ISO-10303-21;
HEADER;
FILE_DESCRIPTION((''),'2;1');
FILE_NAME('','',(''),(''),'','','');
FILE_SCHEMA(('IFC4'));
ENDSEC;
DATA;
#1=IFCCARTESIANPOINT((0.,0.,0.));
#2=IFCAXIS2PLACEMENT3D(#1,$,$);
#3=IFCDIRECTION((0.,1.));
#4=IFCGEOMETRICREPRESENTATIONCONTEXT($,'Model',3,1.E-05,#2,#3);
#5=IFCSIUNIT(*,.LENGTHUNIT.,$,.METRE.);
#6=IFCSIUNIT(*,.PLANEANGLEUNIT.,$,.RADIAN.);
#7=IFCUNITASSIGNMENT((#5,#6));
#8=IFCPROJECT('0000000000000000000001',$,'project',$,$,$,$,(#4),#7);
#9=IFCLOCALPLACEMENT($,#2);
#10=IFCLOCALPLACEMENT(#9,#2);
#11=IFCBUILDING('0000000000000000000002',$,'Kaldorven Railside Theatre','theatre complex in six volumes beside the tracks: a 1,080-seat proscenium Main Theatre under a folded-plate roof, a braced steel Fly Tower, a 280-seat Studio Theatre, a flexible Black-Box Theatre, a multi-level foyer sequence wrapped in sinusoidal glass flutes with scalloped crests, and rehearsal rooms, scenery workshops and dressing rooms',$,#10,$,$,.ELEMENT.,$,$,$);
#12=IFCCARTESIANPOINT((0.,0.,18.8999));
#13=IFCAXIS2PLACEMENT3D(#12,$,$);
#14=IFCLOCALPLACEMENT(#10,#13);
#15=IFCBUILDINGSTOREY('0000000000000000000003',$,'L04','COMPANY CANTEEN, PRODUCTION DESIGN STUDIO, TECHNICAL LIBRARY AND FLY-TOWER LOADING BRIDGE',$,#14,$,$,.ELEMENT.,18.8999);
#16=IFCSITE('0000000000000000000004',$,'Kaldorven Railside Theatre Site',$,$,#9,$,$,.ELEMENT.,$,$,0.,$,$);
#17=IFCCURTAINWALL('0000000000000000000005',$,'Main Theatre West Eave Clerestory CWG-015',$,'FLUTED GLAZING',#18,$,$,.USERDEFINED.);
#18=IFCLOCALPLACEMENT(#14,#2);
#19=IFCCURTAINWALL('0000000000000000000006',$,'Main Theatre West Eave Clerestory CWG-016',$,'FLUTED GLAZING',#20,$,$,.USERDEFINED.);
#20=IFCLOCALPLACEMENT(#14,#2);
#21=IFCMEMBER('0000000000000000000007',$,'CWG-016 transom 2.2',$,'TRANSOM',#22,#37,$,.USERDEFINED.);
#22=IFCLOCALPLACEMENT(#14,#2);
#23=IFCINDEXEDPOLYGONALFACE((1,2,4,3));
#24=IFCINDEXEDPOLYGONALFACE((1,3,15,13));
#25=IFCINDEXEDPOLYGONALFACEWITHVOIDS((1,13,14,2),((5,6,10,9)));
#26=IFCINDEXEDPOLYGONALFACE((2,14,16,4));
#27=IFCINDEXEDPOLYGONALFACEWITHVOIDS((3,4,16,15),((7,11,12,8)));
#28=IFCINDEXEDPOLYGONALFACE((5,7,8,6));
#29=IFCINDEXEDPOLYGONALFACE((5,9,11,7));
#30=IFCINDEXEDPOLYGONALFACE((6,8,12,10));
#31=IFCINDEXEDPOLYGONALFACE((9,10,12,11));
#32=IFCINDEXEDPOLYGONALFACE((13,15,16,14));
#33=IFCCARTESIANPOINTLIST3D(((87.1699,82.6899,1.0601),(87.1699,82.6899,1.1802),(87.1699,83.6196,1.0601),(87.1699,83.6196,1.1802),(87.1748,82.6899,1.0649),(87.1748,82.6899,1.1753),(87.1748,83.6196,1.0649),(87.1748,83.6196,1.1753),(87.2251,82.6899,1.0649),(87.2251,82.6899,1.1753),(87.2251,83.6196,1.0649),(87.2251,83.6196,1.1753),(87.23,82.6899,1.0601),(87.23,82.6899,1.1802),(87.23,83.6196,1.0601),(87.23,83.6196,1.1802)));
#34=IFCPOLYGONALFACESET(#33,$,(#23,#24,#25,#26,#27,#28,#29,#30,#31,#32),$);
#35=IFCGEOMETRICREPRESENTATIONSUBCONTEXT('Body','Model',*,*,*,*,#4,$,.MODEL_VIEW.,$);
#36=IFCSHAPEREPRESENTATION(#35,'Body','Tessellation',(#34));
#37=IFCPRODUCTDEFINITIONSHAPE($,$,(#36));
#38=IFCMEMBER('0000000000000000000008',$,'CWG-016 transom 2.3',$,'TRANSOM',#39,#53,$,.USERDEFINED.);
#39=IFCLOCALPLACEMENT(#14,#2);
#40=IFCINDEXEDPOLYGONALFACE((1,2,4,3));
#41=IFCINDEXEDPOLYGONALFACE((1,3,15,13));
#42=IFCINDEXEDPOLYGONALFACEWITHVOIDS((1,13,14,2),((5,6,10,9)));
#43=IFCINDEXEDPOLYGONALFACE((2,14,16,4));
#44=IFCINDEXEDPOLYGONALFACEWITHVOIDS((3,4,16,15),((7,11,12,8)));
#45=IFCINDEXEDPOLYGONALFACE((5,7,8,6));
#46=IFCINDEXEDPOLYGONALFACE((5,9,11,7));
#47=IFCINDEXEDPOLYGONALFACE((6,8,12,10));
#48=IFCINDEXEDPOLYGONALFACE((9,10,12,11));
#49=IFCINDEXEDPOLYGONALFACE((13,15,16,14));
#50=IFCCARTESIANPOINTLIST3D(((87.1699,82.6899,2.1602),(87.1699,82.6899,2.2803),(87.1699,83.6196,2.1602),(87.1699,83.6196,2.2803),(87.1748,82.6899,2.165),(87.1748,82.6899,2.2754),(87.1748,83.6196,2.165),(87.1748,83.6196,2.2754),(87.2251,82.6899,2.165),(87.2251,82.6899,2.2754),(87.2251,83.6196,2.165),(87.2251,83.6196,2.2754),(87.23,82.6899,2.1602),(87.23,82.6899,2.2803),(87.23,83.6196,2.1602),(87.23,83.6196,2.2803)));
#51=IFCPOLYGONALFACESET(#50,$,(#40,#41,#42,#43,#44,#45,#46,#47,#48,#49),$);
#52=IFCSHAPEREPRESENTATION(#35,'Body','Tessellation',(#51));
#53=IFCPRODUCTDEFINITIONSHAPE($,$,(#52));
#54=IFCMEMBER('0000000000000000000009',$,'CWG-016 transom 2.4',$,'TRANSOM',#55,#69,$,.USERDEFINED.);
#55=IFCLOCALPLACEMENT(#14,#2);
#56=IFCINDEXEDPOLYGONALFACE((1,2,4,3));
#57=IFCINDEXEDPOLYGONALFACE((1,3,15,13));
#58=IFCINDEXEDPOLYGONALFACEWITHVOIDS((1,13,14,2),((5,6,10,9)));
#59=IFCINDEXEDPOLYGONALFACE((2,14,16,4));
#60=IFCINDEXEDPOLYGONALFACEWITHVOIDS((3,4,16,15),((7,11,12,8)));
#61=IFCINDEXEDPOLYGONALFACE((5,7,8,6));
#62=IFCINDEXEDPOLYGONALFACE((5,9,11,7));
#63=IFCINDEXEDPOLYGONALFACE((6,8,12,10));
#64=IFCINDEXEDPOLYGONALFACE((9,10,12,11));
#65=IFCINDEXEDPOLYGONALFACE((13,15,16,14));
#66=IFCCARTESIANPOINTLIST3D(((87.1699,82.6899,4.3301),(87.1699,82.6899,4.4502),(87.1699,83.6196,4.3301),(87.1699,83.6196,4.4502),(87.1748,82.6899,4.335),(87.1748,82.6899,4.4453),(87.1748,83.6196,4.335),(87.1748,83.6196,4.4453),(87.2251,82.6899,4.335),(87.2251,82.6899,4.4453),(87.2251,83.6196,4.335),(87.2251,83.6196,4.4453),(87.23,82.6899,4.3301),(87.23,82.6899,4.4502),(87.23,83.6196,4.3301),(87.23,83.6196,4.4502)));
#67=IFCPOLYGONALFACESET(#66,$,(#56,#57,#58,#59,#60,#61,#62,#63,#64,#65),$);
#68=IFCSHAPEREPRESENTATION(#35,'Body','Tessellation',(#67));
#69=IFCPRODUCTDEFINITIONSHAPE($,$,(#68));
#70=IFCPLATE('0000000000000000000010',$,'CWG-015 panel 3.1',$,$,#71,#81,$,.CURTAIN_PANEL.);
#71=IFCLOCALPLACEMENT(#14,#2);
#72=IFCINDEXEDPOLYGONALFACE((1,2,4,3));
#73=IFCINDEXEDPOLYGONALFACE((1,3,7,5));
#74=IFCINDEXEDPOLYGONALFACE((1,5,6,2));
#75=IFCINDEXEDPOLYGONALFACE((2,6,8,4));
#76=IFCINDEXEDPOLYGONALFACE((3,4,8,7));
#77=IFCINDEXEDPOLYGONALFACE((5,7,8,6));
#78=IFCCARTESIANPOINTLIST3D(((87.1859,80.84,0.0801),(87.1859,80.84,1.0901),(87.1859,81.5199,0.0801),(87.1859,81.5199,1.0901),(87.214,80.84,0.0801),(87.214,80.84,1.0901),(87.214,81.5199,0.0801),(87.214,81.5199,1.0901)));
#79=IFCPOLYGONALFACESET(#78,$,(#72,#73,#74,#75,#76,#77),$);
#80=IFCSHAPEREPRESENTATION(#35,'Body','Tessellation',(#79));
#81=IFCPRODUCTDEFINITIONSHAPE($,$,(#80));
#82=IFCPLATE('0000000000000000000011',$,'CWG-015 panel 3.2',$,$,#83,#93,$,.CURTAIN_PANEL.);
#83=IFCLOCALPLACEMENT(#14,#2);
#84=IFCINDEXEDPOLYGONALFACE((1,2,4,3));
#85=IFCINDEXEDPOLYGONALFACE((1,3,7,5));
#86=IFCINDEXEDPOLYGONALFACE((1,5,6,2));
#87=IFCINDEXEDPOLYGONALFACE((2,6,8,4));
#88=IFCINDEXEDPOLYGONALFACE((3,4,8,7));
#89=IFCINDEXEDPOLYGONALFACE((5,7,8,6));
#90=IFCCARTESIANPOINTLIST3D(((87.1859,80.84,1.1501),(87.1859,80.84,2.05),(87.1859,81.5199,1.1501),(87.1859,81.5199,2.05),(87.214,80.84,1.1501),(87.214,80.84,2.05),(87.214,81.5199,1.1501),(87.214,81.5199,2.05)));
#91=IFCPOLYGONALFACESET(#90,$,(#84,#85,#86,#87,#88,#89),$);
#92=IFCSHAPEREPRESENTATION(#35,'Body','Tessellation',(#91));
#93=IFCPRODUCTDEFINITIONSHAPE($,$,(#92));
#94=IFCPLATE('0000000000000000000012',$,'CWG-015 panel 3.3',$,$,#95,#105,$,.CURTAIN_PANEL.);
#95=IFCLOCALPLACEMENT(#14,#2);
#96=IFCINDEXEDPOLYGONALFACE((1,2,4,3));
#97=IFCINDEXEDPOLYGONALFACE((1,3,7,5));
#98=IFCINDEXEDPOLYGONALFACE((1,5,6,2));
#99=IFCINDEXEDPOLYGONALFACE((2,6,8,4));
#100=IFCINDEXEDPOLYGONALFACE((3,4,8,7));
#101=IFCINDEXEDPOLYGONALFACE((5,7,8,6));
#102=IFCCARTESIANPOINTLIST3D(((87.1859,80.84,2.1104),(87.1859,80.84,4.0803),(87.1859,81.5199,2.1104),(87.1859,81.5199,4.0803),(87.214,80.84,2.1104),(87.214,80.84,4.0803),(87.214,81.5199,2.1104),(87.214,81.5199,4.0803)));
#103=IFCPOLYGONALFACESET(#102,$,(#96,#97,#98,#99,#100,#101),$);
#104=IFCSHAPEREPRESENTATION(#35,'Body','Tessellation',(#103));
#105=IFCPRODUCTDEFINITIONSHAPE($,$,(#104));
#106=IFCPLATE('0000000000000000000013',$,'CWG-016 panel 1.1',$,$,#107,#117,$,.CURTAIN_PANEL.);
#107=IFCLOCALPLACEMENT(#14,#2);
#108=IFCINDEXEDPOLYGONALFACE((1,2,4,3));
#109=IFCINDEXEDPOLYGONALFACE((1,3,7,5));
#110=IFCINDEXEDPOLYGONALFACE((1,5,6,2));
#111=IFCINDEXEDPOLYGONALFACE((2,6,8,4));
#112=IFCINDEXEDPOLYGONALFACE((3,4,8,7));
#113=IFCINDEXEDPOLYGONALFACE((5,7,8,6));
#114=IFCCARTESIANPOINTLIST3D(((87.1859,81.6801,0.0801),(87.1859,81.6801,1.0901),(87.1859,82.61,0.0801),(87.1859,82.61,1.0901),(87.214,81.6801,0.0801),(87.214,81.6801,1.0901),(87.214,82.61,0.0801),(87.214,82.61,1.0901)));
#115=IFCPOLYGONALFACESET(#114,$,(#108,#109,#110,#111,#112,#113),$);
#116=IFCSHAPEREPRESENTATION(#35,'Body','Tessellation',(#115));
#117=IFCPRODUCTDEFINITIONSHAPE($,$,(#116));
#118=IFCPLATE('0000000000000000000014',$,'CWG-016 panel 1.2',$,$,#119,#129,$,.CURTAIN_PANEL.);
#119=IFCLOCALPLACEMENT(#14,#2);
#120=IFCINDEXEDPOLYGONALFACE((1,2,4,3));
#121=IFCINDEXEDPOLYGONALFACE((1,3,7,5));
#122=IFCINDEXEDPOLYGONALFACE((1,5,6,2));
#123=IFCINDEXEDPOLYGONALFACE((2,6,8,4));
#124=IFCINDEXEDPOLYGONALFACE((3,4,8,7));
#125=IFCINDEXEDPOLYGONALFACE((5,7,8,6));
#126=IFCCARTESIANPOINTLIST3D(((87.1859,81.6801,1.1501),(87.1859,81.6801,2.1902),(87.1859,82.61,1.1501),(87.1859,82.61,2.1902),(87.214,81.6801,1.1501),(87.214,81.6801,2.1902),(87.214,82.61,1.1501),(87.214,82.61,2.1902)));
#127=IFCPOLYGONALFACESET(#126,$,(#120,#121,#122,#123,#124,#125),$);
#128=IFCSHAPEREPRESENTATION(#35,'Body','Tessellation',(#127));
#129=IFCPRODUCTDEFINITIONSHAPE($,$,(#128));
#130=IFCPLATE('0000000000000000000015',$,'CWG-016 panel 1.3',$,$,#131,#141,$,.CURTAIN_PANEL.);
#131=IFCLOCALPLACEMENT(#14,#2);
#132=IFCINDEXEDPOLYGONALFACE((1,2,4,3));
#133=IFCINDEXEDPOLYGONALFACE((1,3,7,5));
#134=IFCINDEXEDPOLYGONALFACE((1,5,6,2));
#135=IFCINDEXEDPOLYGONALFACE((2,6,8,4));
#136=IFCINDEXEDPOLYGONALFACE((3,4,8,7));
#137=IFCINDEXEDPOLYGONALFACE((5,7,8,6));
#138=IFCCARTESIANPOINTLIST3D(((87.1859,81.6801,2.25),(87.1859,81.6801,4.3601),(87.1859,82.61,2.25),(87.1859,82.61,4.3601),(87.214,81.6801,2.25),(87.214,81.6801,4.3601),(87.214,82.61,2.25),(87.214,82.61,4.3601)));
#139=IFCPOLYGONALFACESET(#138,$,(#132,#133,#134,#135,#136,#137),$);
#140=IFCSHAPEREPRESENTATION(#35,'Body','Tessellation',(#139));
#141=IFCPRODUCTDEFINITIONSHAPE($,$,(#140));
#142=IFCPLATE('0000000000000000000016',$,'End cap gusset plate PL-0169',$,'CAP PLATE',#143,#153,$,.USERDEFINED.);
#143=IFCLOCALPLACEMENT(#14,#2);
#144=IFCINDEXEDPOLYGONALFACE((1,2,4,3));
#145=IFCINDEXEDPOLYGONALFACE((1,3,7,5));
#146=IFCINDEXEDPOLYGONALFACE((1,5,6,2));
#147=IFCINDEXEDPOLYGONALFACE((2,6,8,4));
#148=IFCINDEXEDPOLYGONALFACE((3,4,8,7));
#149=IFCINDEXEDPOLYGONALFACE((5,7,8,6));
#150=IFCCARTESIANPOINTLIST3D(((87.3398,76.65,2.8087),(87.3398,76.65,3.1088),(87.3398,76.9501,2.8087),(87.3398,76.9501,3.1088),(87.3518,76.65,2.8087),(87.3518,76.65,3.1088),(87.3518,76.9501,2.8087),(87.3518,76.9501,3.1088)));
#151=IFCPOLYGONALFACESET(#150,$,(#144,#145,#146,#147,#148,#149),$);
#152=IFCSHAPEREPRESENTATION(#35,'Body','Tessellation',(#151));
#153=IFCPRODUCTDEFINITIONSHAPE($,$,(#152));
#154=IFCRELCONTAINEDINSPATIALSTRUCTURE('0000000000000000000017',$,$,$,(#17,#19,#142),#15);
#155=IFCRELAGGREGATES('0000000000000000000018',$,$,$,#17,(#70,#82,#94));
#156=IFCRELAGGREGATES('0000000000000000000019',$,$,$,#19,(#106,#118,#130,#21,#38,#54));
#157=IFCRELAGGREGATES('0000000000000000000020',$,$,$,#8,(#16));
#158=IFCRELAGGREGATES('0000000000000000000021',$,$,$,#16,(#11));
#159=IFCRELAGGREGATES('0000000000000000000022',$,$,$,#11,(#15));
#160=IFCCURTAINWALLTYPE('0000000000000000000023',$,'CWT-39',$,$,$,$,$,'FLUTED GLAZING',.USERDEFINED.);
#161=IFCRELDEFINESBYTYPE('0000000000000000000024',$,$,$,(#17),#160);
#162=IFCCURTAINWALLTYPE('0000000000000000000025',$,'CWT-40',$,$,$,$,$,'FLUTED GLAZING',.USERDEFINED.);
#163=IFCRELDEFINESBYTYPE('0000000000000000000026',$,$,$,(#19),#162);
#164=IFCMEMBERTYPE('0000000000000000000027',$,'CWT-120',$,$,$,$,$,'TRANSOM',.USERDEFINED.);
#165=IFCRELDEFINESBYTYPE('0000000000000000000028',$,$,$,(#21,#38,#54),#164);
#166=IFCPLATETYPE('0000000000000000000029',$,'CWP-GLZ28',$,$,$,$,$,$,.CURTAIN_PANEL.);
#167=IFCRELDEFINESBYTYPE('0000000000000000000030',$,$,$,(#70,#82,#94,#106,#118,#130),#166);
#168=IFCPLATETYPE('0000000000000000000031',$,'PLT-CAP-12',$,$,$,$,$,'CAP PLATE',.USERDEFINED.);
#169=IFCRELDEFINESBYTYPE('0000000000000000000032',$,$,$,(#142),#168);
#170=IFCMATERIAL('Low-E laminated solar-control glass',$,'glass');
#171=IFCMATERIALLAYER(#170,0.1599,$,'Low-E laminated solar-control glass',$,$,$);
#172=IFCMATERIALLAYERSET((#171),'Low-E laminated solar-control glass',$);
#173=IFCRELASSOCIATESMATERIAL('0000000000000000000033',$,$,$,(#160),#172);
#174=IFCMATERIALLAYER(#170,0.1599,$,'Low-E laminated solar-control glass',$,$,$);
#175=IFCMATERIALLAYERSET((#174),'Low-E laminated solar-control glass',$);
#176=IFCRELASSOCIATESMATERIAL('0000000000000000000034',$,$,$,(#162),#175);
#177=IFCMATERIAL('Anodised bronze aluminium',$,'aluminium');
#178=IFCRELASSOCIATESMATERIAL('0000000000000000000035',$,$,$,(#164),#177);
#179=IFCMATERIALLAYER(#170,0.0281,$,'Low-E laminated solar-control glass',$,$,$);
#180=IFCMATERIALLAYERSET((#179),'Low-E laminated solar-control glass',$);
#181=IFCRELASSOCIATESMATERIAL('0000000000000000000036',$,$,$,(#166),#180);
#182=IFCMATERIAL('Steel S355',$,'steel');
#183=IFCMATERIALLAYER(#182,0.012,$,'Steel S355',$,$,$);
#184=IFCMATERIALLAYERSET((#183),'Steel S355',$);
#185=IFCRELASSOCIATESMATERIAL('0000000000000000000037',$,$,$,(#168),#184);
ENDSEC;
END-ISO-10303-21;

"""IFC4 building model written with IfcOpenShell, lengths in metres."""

from ifc_helpers import new_model, si_unit, direction, frame, origin, origin_2d, place, context, subcontext, project, spatial, rectangle, hollow_rectangle, extrude, material, layer, layer_set, material_profile, profile_set, type_object, element, aggregate, save


model = new_model("IFC4")

# Units and contexts
model_context = context("Model", 3, precision=1e-05, world=origin(), true_north=direction((0.0, 1.0)))
body_context = subcontext(model_context, "Body", "Model", "MODEL_VIEW")
ifc_project = project(units=[si_unit("LENGTHUNIT", "METRE"), si_unit("PLANEANGLEUNIT", "RADIAN")], contexts=[model_context])

# Site, building, storey
site_placement = place(None, origin())
site = spatial("IfcSite", under=ifc_project, at=site_placement, Name="Kaldorven Railside Theatre Site", CompositionType="ELEMENT", RefElevation=0.0)
building_placement = place(site_placement, origin())
building = spatial("IfcBuilding", under=site, at=building_placement, Name="Kaldorven Railside Theatre", Description="theatre complex in six volumes beside the tracks: a 1,080-seat proscenium Main Theatre under a folded-plate roof, a braced steel Fly Tower, a 280-seat Studio Theatre, a flexible Black-Box Theatre, a multi-level foyer sequence wrapped in sinusoidal glass flutes with scalloped crests, and rehearsal rooms, scenery workshops and dressing rooms", CompositionType="ELEMENT")
storey_placement = place(building_placement, frame((0.0, 0.0, 18.8999)))
storey = spatial("IfcBuildingStorey", under=building, at=storey_placement, Name="L04", Description="COMPANY CANTEEN, PRODUCTION DESIGN STUDIO, TECHNICAL LIBRARY AND FLY-TOWER LOADING BRIDGE", CompositionType="ELEMENT", Elevation=18.8999)

# Shared definitions
ifc_material_1 = material(Name="Steel S355", Category="steel")

# Curtain wall
ifc_material_2 = material(Name="Low-E laminated solar-control glass", Category="glass")
ifc_layer_1 = layer(ifc_material_2, 0.1599, Name="Low-E laminated solar-control glass")
ifc_layer_set_1 = layer_set([ifc_layer_1], Name="Low-E laminated solar-control glass")
curtain_wall_type_1 = type_object("IfcCurtainWallType", Name="CWT-39", ElementType="FLUTED GLAZING", PredefinedType="USERDEFINED", material=ifc_layer_set_1)
curtain_wall_1_placement = place(storey_placement, origin())
curtain_wall_1 = element("IfcCurtainWall", 1, at=curtain_wall_1_placement, inside=storey, type_object=curtain_wall_type_1, Name="Main Theatre West Eave Clerestory CWG-015", ObjectType="FLUTED GLAZING", PredefinedType="USERDEFINED")
ifc_material_3 = material(Name="Anodised bronze aluminium", Category="aluminium")

# Curtain wall
ifc_layer_2 = layer(ifc_material_2, 0.1599, Name="Low-E laminated solar-control glass")
ifc_layer_set_2 = layer_set([ifc_layer_2], Name="Low-E laminated solar-control glass")
curtain_wall_type_2 = type_object("IfcCurtainWallType", Name="CWT-40", ElementType="FLUTED GLAZING", PredefinedType="USERDEFINED", material=ifc_layer_set_2)
curtain_wall_2_placement = place(storey_placement, origin())
curtain_wall_2 = element("IfcCurtainWall", 2, at=curtain_wall_2_placement, inside=storey, type_object=curtain_wall_type_2, Name="Main Theatre West Eave Clerestory CWG-016", ObjectType="FLUTED GLAZING", PredefinedType="USERDEFINED")

# Members
ifc_material_profile_1 = material_profile(ifc_material_3, hollow_rectangle(XDim=0.0601, YDim=0.1201, WallThickness=0.0049, at=origin_2d()), Name="RHS 120x60x5")
ifc_profile_set_1 = profile_set([ifc_material_profile_1], Name="Anodised bronze aluminium")
member_type_1 = type_object("IfcMemberType", Name="CWT-120", ElementType="TRANSOM", PredefinedType="USERDEFINED", material=ifc_profile_set_1)
member_1_placement = place(storey_placement, frame((87.2, 82.6899, 1.1201), z_axis=(0.0, 1.0, 0.0), x_axis=(-1.0, 0.0, 0.0)))
member_1 = element("IfcMember", 3, at=member_1_placement, type_object=member_type_1, Name="CWG-016 transom 2.2", ObjectType="TRANSOM", PredefinedType="USERDEFINED", context=body_context, shape_type="SweptSolid", body=[
    extrude(hollow_rectangle(XDim=0.0601, YDim=0.1201, WallThickness=0.0049, at=origin_2d()), origin(), (0.0, 0.0, 1.0), 0.9297),
])
member_2_placement = place(storey_placement, frame((87.2, 82.6899, 2.2202), z_axis=(0.0, 1.0, 0.0), x_axis=(-1.0, 0.0, 0.0)))
member_2 = element("IfcMember", 4, at=member_2_placement, type_object=member_type_1, Name="CWG-016 transom 2.3", ObjectType="TRANSOM", PredefinedType="USERDEFINED", context=body_context, shape_type="SweptSolid", body=[
    extrude(hollow_rectangle(XDim=0.0601, YDim=0.1201, WallThickness=0.0049, at=origin_2d()), origin(), (0.0, 0.0, 1.0), 0.9297),
])
member_3_placement = place(storey_placement, frame((87.2, 82.6899, 4.3901), z_axis=(0.0, 1.0, 0.0), x_axis=(-1.0, 0.0, 0.0)))
member_3 = element("IfcMember", 5, at=member_3_placement, type_object=member_type_1, Name="CWG-016 transom 2.4", ObjectType="TRANSOM", PredefinedType="USERDEFINED", context=body_context, shape_type="SweptSolid", body=[
    extrude(hollow_rectangle(XDim=0.0601, YDim=0.1201, WallThickness=0.0049, at=origin_2d()), origin(), (0.0, 0.0, 1.0), 0.9297),
])

# Plates
ifc_layer_3 = layer(ifc_material_2, 0.0281, Name="Low-E laminated solar-control glass")
ifc_layer_set_3 = layer_set([ifc_layer_3], Name="Low-E laminated solar-control glass")
plate_type_1 = type_object("IfcPlateType", Name="CWP-GLZ28", PredefinedType="CURTAIN_PANEL", material=ifc_layer_set_3)
plate_1_placement = place(storey_placement, frame((87.2, 81.1799, 0.0801), z_axis=(0.0, 0.0, 1.0), x_axis=(0.0, 1.0, 0.0)))
plate_1 = element("IfcPlate", 6, at=plate_1_placement, type_object=plate_type_1, Name="CWG-015 panel 3.1", PredefinedType="CURTAIN_PANEL", context=body_context, shape_type="SweptSolid", body=[
    extrude(rectangle(XDim=0.6799, YDim=0.0281, at=origin_2d()), origin(), (0.0, 0.0, 1.0), 1.01),
])
plate_2_placement = place(storey_placement, frame((87.2, 81.1799, 1.1501), z_axis=(0.0, 0.0, 1.0), x_axis=(0.0, 1.0, 0.0)))
plate_2 = element("IfcPlate", 7, at=plate_2_placement, type_object=plate_type_1, Name="CWG-015 panel 3.2", PredefinedType="CURTAIN_PANEL", context=body_context, shape_type="SweptSolid", body=[
    extrude(rectangle(XDim=0.6799, YDim=0.0281, at=origin_2d()), origin(), (0.0, 0.0, 1.0), 0.8999),
])
plate_3_placement = place(storey_placement, frame((87.2, 81.1799, 2.1104), z_axis=(0.0, 0.0, 1.0), x_axis=(0.0, 1.0, 0.0)))
plate_3 = element("IfcPlate", 8, at=plate_3_placement, type_object=plate_type_1, Name="CWG-015 panel 3.3", PredefinedType="CURTAIN_PANEL", context=body_context, shape_type="SweptSolid", body=[
    extrude(rectangle(XDim=0.6799, YDim=0.0281, at=origin_2d()), origin(), (0.0, 0.0, 1.0), 1.97),
])
aggregate(curtain_wall_1, [plate_1, plate_2, plate_3])
plate_4_placement = place(storey_placement, frame((87.2, 82.145, 0.0801), z_axis=(0.0, 0.0, 1.0), x_axis=(0.0, 1.0, 0.0)))
plate_4 = element("IfcPlate", 9, at=plate_4_placement, type_object=plate_type_1, Name="CWG-016 panel 1.1", PredefinedType="CURTAIN_PANEL", context=body_context, shape_type="SweptSolid", body=[
    extrude(rectangle(XDim=0.9299, YDim=0.0281, at=origin_2d()), origin(), (0.0, 0.0, 1.0), 1.01),
])
plate_5_placement = place(storey_placement, frame((87.2, 82.145, 1.1501), z_axis=(0.0, 0.0, 1.0), x_axis=(0.0, 1.0, 0.0)))
plate_5 = element("IfcPlate", 10, at=plate_5_placement, type_object=plate_type_1, Name="CWG-016 panel 1.2", PredefinedType="CURTAIN_PANEL", context=body_context, shape_type="SweptSolid", body=[
    extrude(rectangle(XDim=0.9299, YDim=0.0281, at=origin_2d()), origin(), (0.0, 0.0, 1.0), 1.04),
])
plate_6_placement = place(storey_placement, frame((87.2, 82.145, 2.25), z_axis=(0.0, 0.0, 1.0), x_axis=(0.0, 1.0, 0.0)))
plate_6 = element("IfcPlate", 11, at=plate_6_placement, type_object=plate_type_1, Name="CWG-016 panel 1.3", PredefinedType="CURTAIN_PANEL", context=body_context, shape_type="SweptSolid", body=[
    extrude(rectangle(XDim=0.9299, YDim=0.0281, at=origin_2d()), origin(), (0.0, 0.0, 1.0), 2.1101),
])
aggregate(curtain_wall_2, [plate_4, plate_5, plate_6, member_1, member_2, member_3])
ifc_layer_4 = layer(ifc_material_1, 0.012, Name="Steel S355")
ifc_layer_set_4 = layer_set([ifc_layer_4], Name="Steel S355")
plate_type_2 = type_object("IfcPlateType", Name="PLT-CAP-12", ElementType="CAP PLATE", PredefinedType="USERDEFINED", material=ifc_layer_set_4)
plate_7_placement = place(storey_placement, frame((87.3398, 76.8, 2.9587), z_axis=(1.0, 0.0, 0.0), x_axis=(0.0, 1.0, 0.0)))
element("IfcPlate", 12, at=plate_7_placement, inside=storey, type_object=plate_type_2, Name="End cap gusset plate PL-0169", ObjectType="CAP PLATE", PredefinedType="USERDEFINED", context=body_context, shape_type="SweptSolid", body=[
    extrude(rectangle(XDim=0.3, YDim=0.3, at=origin_2d()), origin(), (0.0, 0.0, 1.0), 0.012),
])

save(model, "model.ifc")
